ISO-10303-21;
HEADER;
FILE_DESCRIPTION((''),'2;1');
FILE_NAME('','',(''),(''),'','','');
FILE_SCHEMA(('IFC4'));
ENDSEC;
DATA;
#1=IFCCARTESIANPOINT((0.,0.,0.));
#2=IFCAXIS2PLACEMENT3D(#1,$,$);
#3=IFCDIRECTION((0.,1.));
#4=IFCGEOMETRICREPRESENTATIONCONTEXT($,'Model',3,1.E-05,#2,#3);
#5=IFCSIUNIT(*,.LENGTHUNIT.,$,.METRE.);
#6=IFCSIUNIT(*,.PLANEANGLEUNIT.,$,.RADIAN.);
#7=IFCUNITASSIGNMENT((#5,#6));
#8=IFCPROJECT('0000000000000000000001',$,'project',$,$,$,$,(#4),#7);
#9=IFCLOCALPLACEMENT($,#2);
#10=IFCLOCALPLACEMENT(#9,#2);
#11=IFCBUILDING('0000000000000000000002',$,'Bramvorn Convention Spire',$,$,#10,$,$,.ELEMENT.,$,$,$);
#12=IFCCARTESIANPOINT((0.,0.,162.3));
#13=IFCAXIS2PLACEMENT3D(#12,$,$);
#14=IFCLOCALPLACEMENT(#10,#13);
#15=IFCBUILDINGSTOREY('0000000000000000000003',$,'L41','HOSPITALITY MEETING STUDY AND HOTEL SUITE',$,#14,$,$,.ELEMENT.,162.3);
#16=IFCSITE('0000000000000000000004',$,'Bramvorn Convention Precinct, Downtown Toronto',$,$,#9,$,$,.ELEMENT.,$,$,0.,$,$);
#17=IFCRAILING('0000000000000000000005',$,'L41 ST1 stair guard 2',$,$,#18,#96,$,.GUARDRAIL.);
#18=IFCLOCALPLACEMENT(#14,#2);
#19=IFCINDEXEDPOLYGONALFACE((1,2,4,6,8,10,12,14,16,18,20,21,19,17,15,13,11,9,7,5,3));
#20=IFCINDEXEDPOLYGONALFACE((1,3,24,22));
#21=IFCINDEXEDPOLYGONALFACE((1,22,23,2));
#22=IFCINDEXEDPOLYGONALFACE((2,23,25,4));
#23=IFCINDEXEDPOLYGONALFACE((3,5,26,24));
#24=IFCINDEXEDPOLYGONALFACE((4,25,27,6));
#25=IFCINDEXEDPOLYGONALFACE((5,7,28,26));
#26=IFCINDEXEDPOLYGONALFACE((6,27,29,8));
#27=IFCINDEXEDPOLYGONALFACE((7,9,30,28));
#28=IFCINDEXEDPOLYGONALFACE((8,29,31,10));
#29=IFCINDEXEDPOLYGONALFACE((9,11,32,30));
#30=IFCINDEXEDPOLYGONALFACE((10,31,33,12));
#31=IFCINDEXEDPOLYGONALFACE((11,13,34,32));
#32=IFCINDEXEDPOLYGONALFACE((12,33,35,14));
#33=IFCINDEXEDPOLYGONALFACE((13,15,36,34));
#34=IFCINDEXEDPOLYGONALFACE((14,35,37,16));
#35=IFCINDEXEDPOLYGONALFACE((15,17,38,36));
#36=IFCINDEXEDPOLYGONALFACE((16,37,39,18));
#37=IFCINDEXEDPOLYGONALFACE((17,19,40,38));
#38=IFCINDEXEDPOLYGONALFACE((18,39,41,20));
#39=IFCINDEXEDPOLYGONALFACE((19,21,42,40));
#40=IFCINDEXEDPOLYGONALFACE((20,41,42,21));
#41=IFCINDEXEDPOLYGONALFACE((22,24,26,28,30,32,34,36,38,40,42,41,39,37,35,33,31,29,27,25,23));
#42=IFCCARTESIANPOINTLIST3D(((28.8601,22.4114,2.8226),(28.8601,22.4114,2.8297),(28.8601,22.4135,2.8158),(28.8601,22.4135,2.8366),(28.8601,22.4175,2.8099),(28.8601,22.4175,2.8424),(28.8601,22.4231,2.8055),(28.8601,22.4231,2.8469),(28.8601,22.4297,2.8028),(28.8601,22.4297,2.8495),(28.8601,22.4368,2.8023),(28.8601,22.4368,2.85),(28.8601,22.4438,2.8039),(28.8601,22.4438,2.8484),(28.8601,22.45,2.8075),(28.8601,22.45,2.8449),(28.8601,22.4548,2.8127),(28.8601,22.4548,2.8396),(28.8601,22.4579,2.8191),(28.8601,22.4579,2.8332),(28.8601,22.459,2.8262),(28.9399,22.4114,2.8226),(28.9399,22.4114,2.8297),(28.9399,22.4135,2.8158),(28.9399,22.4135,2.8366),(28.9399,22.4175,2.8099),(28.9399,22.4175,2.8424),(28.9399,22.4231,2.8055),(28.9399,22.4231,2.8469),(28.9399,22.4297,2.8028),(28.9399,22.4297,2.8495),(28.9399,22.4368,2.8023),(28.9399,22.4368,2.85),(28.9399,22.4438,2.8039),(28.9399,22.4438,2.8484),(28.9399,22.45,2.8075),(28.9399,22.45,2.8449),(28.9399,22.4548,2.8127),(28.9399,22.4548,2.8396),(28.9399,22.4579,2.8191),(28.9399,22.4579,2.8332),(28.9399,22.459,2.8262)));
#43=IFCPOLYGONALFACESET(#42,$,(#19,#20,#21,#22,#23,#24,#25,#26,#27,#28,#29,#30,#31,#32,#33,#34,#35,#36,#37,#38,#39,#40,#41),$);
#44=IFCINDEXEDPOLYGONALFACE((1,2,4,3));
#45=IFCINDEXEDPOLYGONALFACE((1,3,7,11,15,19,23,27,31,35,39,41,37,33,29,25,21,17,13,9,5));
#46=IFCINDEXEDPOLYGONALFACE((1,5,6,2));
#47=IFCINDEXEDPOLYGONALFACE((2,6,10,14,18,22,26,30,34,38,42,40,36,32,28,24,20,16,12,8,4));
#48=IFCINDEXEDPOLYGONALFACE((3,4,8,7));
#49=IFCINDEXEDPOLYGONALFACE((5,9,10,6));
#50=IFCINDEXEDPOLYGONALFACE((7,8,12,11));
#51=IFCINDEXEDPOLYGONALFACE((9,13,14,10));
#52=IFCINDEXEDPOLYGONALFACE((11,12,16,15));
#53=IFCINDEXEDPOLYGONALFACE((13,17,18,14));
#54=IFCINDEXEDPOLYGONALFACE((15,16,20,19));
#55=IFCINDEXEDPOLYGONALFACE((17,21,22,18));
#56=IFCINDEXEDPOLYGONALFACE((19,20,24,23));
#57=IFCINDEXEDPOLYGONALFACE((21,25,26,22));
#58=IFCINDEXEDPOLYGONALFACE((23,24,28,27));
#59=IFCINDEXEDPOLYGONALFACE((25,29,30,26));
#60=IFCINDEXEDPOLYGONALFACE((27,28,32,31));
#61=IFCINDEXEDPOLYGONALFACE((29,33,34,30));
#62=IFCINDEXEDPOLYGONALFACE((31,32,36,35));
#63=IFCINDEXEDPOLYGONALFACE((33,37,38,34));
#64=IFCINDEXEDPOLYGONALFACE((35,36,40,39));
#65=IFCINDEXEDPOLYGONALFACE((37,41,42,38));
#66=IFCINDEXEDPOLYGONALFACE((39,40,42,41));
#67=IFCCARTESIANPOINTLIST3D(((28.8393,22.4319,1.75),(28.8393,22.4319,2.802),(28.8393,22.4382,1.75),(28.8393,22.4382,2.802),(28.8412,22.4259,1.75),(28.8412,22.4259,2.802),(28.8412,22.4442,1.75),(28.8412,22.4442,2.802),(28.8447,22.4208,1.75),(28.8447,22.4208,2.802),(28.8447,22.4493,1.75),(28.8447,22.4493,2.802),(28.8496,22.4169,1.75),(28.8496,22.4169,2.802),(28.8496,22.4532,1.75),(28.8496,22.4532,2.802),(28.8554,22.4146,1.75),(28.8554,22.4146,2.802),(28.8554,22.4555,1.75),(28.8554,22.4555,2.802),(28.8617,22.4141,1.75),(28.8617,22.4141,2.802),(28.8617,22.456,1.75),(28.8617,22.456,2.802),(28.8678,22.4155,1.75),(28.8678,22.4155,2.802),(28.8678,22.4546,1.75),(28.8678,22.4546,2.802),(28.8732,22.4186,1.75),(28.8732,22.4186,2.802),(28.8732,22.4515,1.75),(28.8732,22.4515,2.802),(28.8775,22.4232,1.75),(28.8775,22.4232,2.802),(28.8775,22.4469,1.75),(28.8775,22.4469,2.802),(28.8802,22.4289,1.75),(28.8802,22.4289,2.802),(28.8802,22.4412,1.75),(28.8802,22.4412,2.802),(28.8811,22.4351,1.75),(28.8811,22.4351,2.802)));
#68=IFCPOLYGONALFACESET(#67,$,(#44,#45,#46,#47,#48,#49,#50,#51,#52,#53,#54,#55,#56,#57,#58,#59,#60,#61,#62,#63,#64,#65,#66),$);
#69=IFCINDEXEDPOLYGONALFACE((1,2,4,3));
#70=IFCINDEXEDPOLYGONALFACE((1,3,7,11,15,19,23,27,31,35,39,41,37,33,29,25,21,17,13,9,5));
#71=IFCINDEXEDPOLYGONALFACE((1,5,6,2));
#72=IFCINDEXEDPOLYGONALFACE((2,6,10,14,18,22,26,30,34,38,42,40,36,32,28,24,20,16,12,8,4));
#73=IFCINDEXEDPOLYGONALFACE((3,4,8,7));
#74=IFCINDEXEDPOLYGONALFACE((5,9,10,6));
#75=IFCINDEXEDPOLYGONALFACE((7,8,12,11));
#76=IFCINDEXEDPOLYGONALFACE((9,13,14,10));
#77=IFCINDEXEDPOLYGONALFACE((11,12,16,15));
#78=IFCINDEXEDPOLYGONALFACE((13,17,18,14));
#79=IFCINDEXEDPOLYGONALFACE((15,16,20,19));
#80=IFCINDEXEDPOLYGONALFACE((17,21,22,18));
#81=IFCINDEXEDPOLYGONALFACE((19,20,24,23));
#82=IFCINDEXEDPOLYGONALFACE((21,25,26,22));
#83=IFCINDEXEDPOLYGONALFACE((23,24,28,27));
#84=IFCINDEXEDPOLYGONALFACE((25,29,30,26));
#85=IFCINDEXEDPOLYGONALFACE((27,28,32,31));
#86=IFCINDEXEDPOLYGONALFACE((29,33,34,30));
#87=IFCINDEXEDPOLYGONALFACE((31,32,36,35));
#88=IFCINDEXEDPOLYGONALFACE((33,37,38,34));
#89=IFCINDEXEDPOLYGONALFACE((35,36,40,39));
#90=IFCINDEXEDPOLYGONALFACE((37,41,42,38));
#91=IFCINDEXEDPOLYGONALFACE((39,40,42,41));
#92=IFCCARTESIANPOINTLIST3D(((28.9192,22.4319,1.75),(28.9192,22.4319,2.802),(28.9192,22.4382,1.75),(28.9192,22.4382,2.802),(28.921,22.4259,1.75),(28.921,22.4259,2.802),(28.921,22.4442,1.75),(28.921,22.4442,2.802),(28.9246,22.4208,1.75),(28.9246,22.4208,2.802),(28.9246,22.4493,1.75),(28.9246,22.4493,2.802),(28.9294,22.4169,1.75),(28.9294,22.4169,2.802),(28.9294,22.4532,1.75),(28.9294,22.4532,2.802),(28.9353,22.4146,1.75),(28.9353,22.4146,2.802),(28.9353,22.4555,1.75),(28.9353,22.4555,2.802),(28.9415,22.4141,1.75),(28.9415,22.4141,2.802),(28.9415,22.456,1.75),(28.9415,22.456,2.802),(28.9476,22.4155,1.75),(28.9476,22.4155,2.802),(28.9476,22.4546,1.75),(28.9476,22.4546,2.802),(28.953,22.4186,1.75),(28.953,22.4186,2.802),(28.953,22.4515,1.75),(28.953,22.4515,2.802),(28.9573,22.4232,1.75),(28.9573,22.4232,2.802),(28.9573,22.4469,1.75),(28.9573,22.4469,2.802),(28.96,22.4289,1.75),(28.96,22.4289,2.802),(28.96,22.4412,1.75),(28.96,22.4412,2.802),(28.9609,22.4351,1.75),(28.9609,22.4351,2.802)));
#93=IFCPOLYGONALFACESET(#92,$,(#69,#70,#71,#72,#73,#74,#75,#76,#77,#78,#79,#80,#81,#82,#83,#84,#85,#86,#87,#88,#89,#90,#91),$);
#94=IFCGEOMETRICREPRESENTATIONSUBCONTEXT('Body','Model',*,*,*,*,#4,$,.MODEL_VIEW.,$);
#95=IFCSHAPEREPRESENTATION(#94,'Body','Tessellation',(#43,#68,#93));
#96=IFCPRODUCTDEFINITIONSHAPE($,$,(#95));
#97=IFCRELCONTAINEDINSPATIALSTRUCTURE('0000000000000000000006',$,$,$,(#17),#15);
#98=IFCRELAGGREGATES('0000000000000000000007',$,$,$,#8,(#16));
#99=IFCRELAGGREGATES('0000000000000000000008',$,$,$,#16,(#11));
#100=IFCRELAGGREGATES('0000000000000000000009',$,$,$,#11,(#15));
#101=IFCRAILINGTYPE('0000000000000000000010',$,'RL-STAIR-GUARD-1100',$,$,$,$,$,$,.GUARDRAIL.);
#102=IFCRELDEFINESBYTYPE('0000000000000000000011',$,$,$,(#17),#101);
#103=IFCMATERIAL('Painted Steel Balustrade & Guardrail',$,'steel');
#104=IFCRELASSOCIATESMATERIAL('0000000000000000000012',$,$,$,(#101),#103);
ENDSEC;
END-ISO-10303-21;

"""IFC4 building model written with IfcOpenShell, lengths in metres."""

from ifc_helpers import new_model, si_unit, direction, frame, origin, origin_2d, place, context, subcontext, project, spatial, circle, extrude, material, type_object, element, save


model = new_model("IFC4")

# Units and contexts
model_context = context("Model", 3, precision=1e-05, world=origin(), true_north=direction((0.0, 1.0)))
body_context = subcontext(model_context, "Body", "Model", "MODEL_VIEW")
ifc_project = project(units=[si_unit("LENGTHUNIT", "METRE"), si_unit("PLANEANGLEUNIT", "RADIAN")], contexts=[model_context])

# Site, building, storey
site_placement = place(None, origin())
site = spatial("IfcSite", under=ifc_project, at=site_placement, Name="Bramvorn Convention Precinct, Downtown Toronto", CompositionType="ELEMENT", RefElevation=0.0)
building_placement = place(site_placement, origin())
building = spatial("IfcBuilding", under=site, at=building_placement, Name="Bramvorn Convention Spire", CompositionType="ELEMENT")
storey_placement = place(building_placement, frame((0.0, 0.0, 162.3)))
storey = spatial("IfcBuildingStorey", under=building, at=storey_placement, Name="L41", Description="HOSPITALITY MEETING STUDY AND HOTEL SUITE", CompositionType="ELEMENT", Elevation=162.3)

# Railing
ifc_material_1 = material(Name="Painted Steel Balustrade & Guardrail", Category="steel")
railing_type_1 = type_object("IfcRailingType", Name="RL-STAIR-GUARD-1100", PredefinedType="GUARDRAIL", material=ifc_material_1)
railing_1_placement = place(storey_placement, frame((28.8601, 22.4351, 1.75)))
element("IfcRailing", 1, at=railing_1_placement, inside=storey, type_object=railing_type_1, Name="L41 ST1 stair guard 2", PredefinedType="GUARDRAIL", context=body_context, shape_type="SweptSolid", body=[
    extrude(circle(Radius=0.0239, at=origin_2d()), frame((0.0, 0.0, 1.0762), z_axis=(1.0, 0.0, 0.0), x_axis=(0.0, 1.0, 0.0)), (0.0, 0.0, 1.0), 0.0798),
    extrude(circle(Radius=0.021, at=origin_2d()), origin(), (0.0, 0.0, 1.0), 1.052),
    extrude(circle(Radius=0.021, at=origin_2d()), frame((0.0798, 0.0, 0.0)), (0.0, 0.0, 1.0), 1.052),
])

save(model, "model.ifc")
